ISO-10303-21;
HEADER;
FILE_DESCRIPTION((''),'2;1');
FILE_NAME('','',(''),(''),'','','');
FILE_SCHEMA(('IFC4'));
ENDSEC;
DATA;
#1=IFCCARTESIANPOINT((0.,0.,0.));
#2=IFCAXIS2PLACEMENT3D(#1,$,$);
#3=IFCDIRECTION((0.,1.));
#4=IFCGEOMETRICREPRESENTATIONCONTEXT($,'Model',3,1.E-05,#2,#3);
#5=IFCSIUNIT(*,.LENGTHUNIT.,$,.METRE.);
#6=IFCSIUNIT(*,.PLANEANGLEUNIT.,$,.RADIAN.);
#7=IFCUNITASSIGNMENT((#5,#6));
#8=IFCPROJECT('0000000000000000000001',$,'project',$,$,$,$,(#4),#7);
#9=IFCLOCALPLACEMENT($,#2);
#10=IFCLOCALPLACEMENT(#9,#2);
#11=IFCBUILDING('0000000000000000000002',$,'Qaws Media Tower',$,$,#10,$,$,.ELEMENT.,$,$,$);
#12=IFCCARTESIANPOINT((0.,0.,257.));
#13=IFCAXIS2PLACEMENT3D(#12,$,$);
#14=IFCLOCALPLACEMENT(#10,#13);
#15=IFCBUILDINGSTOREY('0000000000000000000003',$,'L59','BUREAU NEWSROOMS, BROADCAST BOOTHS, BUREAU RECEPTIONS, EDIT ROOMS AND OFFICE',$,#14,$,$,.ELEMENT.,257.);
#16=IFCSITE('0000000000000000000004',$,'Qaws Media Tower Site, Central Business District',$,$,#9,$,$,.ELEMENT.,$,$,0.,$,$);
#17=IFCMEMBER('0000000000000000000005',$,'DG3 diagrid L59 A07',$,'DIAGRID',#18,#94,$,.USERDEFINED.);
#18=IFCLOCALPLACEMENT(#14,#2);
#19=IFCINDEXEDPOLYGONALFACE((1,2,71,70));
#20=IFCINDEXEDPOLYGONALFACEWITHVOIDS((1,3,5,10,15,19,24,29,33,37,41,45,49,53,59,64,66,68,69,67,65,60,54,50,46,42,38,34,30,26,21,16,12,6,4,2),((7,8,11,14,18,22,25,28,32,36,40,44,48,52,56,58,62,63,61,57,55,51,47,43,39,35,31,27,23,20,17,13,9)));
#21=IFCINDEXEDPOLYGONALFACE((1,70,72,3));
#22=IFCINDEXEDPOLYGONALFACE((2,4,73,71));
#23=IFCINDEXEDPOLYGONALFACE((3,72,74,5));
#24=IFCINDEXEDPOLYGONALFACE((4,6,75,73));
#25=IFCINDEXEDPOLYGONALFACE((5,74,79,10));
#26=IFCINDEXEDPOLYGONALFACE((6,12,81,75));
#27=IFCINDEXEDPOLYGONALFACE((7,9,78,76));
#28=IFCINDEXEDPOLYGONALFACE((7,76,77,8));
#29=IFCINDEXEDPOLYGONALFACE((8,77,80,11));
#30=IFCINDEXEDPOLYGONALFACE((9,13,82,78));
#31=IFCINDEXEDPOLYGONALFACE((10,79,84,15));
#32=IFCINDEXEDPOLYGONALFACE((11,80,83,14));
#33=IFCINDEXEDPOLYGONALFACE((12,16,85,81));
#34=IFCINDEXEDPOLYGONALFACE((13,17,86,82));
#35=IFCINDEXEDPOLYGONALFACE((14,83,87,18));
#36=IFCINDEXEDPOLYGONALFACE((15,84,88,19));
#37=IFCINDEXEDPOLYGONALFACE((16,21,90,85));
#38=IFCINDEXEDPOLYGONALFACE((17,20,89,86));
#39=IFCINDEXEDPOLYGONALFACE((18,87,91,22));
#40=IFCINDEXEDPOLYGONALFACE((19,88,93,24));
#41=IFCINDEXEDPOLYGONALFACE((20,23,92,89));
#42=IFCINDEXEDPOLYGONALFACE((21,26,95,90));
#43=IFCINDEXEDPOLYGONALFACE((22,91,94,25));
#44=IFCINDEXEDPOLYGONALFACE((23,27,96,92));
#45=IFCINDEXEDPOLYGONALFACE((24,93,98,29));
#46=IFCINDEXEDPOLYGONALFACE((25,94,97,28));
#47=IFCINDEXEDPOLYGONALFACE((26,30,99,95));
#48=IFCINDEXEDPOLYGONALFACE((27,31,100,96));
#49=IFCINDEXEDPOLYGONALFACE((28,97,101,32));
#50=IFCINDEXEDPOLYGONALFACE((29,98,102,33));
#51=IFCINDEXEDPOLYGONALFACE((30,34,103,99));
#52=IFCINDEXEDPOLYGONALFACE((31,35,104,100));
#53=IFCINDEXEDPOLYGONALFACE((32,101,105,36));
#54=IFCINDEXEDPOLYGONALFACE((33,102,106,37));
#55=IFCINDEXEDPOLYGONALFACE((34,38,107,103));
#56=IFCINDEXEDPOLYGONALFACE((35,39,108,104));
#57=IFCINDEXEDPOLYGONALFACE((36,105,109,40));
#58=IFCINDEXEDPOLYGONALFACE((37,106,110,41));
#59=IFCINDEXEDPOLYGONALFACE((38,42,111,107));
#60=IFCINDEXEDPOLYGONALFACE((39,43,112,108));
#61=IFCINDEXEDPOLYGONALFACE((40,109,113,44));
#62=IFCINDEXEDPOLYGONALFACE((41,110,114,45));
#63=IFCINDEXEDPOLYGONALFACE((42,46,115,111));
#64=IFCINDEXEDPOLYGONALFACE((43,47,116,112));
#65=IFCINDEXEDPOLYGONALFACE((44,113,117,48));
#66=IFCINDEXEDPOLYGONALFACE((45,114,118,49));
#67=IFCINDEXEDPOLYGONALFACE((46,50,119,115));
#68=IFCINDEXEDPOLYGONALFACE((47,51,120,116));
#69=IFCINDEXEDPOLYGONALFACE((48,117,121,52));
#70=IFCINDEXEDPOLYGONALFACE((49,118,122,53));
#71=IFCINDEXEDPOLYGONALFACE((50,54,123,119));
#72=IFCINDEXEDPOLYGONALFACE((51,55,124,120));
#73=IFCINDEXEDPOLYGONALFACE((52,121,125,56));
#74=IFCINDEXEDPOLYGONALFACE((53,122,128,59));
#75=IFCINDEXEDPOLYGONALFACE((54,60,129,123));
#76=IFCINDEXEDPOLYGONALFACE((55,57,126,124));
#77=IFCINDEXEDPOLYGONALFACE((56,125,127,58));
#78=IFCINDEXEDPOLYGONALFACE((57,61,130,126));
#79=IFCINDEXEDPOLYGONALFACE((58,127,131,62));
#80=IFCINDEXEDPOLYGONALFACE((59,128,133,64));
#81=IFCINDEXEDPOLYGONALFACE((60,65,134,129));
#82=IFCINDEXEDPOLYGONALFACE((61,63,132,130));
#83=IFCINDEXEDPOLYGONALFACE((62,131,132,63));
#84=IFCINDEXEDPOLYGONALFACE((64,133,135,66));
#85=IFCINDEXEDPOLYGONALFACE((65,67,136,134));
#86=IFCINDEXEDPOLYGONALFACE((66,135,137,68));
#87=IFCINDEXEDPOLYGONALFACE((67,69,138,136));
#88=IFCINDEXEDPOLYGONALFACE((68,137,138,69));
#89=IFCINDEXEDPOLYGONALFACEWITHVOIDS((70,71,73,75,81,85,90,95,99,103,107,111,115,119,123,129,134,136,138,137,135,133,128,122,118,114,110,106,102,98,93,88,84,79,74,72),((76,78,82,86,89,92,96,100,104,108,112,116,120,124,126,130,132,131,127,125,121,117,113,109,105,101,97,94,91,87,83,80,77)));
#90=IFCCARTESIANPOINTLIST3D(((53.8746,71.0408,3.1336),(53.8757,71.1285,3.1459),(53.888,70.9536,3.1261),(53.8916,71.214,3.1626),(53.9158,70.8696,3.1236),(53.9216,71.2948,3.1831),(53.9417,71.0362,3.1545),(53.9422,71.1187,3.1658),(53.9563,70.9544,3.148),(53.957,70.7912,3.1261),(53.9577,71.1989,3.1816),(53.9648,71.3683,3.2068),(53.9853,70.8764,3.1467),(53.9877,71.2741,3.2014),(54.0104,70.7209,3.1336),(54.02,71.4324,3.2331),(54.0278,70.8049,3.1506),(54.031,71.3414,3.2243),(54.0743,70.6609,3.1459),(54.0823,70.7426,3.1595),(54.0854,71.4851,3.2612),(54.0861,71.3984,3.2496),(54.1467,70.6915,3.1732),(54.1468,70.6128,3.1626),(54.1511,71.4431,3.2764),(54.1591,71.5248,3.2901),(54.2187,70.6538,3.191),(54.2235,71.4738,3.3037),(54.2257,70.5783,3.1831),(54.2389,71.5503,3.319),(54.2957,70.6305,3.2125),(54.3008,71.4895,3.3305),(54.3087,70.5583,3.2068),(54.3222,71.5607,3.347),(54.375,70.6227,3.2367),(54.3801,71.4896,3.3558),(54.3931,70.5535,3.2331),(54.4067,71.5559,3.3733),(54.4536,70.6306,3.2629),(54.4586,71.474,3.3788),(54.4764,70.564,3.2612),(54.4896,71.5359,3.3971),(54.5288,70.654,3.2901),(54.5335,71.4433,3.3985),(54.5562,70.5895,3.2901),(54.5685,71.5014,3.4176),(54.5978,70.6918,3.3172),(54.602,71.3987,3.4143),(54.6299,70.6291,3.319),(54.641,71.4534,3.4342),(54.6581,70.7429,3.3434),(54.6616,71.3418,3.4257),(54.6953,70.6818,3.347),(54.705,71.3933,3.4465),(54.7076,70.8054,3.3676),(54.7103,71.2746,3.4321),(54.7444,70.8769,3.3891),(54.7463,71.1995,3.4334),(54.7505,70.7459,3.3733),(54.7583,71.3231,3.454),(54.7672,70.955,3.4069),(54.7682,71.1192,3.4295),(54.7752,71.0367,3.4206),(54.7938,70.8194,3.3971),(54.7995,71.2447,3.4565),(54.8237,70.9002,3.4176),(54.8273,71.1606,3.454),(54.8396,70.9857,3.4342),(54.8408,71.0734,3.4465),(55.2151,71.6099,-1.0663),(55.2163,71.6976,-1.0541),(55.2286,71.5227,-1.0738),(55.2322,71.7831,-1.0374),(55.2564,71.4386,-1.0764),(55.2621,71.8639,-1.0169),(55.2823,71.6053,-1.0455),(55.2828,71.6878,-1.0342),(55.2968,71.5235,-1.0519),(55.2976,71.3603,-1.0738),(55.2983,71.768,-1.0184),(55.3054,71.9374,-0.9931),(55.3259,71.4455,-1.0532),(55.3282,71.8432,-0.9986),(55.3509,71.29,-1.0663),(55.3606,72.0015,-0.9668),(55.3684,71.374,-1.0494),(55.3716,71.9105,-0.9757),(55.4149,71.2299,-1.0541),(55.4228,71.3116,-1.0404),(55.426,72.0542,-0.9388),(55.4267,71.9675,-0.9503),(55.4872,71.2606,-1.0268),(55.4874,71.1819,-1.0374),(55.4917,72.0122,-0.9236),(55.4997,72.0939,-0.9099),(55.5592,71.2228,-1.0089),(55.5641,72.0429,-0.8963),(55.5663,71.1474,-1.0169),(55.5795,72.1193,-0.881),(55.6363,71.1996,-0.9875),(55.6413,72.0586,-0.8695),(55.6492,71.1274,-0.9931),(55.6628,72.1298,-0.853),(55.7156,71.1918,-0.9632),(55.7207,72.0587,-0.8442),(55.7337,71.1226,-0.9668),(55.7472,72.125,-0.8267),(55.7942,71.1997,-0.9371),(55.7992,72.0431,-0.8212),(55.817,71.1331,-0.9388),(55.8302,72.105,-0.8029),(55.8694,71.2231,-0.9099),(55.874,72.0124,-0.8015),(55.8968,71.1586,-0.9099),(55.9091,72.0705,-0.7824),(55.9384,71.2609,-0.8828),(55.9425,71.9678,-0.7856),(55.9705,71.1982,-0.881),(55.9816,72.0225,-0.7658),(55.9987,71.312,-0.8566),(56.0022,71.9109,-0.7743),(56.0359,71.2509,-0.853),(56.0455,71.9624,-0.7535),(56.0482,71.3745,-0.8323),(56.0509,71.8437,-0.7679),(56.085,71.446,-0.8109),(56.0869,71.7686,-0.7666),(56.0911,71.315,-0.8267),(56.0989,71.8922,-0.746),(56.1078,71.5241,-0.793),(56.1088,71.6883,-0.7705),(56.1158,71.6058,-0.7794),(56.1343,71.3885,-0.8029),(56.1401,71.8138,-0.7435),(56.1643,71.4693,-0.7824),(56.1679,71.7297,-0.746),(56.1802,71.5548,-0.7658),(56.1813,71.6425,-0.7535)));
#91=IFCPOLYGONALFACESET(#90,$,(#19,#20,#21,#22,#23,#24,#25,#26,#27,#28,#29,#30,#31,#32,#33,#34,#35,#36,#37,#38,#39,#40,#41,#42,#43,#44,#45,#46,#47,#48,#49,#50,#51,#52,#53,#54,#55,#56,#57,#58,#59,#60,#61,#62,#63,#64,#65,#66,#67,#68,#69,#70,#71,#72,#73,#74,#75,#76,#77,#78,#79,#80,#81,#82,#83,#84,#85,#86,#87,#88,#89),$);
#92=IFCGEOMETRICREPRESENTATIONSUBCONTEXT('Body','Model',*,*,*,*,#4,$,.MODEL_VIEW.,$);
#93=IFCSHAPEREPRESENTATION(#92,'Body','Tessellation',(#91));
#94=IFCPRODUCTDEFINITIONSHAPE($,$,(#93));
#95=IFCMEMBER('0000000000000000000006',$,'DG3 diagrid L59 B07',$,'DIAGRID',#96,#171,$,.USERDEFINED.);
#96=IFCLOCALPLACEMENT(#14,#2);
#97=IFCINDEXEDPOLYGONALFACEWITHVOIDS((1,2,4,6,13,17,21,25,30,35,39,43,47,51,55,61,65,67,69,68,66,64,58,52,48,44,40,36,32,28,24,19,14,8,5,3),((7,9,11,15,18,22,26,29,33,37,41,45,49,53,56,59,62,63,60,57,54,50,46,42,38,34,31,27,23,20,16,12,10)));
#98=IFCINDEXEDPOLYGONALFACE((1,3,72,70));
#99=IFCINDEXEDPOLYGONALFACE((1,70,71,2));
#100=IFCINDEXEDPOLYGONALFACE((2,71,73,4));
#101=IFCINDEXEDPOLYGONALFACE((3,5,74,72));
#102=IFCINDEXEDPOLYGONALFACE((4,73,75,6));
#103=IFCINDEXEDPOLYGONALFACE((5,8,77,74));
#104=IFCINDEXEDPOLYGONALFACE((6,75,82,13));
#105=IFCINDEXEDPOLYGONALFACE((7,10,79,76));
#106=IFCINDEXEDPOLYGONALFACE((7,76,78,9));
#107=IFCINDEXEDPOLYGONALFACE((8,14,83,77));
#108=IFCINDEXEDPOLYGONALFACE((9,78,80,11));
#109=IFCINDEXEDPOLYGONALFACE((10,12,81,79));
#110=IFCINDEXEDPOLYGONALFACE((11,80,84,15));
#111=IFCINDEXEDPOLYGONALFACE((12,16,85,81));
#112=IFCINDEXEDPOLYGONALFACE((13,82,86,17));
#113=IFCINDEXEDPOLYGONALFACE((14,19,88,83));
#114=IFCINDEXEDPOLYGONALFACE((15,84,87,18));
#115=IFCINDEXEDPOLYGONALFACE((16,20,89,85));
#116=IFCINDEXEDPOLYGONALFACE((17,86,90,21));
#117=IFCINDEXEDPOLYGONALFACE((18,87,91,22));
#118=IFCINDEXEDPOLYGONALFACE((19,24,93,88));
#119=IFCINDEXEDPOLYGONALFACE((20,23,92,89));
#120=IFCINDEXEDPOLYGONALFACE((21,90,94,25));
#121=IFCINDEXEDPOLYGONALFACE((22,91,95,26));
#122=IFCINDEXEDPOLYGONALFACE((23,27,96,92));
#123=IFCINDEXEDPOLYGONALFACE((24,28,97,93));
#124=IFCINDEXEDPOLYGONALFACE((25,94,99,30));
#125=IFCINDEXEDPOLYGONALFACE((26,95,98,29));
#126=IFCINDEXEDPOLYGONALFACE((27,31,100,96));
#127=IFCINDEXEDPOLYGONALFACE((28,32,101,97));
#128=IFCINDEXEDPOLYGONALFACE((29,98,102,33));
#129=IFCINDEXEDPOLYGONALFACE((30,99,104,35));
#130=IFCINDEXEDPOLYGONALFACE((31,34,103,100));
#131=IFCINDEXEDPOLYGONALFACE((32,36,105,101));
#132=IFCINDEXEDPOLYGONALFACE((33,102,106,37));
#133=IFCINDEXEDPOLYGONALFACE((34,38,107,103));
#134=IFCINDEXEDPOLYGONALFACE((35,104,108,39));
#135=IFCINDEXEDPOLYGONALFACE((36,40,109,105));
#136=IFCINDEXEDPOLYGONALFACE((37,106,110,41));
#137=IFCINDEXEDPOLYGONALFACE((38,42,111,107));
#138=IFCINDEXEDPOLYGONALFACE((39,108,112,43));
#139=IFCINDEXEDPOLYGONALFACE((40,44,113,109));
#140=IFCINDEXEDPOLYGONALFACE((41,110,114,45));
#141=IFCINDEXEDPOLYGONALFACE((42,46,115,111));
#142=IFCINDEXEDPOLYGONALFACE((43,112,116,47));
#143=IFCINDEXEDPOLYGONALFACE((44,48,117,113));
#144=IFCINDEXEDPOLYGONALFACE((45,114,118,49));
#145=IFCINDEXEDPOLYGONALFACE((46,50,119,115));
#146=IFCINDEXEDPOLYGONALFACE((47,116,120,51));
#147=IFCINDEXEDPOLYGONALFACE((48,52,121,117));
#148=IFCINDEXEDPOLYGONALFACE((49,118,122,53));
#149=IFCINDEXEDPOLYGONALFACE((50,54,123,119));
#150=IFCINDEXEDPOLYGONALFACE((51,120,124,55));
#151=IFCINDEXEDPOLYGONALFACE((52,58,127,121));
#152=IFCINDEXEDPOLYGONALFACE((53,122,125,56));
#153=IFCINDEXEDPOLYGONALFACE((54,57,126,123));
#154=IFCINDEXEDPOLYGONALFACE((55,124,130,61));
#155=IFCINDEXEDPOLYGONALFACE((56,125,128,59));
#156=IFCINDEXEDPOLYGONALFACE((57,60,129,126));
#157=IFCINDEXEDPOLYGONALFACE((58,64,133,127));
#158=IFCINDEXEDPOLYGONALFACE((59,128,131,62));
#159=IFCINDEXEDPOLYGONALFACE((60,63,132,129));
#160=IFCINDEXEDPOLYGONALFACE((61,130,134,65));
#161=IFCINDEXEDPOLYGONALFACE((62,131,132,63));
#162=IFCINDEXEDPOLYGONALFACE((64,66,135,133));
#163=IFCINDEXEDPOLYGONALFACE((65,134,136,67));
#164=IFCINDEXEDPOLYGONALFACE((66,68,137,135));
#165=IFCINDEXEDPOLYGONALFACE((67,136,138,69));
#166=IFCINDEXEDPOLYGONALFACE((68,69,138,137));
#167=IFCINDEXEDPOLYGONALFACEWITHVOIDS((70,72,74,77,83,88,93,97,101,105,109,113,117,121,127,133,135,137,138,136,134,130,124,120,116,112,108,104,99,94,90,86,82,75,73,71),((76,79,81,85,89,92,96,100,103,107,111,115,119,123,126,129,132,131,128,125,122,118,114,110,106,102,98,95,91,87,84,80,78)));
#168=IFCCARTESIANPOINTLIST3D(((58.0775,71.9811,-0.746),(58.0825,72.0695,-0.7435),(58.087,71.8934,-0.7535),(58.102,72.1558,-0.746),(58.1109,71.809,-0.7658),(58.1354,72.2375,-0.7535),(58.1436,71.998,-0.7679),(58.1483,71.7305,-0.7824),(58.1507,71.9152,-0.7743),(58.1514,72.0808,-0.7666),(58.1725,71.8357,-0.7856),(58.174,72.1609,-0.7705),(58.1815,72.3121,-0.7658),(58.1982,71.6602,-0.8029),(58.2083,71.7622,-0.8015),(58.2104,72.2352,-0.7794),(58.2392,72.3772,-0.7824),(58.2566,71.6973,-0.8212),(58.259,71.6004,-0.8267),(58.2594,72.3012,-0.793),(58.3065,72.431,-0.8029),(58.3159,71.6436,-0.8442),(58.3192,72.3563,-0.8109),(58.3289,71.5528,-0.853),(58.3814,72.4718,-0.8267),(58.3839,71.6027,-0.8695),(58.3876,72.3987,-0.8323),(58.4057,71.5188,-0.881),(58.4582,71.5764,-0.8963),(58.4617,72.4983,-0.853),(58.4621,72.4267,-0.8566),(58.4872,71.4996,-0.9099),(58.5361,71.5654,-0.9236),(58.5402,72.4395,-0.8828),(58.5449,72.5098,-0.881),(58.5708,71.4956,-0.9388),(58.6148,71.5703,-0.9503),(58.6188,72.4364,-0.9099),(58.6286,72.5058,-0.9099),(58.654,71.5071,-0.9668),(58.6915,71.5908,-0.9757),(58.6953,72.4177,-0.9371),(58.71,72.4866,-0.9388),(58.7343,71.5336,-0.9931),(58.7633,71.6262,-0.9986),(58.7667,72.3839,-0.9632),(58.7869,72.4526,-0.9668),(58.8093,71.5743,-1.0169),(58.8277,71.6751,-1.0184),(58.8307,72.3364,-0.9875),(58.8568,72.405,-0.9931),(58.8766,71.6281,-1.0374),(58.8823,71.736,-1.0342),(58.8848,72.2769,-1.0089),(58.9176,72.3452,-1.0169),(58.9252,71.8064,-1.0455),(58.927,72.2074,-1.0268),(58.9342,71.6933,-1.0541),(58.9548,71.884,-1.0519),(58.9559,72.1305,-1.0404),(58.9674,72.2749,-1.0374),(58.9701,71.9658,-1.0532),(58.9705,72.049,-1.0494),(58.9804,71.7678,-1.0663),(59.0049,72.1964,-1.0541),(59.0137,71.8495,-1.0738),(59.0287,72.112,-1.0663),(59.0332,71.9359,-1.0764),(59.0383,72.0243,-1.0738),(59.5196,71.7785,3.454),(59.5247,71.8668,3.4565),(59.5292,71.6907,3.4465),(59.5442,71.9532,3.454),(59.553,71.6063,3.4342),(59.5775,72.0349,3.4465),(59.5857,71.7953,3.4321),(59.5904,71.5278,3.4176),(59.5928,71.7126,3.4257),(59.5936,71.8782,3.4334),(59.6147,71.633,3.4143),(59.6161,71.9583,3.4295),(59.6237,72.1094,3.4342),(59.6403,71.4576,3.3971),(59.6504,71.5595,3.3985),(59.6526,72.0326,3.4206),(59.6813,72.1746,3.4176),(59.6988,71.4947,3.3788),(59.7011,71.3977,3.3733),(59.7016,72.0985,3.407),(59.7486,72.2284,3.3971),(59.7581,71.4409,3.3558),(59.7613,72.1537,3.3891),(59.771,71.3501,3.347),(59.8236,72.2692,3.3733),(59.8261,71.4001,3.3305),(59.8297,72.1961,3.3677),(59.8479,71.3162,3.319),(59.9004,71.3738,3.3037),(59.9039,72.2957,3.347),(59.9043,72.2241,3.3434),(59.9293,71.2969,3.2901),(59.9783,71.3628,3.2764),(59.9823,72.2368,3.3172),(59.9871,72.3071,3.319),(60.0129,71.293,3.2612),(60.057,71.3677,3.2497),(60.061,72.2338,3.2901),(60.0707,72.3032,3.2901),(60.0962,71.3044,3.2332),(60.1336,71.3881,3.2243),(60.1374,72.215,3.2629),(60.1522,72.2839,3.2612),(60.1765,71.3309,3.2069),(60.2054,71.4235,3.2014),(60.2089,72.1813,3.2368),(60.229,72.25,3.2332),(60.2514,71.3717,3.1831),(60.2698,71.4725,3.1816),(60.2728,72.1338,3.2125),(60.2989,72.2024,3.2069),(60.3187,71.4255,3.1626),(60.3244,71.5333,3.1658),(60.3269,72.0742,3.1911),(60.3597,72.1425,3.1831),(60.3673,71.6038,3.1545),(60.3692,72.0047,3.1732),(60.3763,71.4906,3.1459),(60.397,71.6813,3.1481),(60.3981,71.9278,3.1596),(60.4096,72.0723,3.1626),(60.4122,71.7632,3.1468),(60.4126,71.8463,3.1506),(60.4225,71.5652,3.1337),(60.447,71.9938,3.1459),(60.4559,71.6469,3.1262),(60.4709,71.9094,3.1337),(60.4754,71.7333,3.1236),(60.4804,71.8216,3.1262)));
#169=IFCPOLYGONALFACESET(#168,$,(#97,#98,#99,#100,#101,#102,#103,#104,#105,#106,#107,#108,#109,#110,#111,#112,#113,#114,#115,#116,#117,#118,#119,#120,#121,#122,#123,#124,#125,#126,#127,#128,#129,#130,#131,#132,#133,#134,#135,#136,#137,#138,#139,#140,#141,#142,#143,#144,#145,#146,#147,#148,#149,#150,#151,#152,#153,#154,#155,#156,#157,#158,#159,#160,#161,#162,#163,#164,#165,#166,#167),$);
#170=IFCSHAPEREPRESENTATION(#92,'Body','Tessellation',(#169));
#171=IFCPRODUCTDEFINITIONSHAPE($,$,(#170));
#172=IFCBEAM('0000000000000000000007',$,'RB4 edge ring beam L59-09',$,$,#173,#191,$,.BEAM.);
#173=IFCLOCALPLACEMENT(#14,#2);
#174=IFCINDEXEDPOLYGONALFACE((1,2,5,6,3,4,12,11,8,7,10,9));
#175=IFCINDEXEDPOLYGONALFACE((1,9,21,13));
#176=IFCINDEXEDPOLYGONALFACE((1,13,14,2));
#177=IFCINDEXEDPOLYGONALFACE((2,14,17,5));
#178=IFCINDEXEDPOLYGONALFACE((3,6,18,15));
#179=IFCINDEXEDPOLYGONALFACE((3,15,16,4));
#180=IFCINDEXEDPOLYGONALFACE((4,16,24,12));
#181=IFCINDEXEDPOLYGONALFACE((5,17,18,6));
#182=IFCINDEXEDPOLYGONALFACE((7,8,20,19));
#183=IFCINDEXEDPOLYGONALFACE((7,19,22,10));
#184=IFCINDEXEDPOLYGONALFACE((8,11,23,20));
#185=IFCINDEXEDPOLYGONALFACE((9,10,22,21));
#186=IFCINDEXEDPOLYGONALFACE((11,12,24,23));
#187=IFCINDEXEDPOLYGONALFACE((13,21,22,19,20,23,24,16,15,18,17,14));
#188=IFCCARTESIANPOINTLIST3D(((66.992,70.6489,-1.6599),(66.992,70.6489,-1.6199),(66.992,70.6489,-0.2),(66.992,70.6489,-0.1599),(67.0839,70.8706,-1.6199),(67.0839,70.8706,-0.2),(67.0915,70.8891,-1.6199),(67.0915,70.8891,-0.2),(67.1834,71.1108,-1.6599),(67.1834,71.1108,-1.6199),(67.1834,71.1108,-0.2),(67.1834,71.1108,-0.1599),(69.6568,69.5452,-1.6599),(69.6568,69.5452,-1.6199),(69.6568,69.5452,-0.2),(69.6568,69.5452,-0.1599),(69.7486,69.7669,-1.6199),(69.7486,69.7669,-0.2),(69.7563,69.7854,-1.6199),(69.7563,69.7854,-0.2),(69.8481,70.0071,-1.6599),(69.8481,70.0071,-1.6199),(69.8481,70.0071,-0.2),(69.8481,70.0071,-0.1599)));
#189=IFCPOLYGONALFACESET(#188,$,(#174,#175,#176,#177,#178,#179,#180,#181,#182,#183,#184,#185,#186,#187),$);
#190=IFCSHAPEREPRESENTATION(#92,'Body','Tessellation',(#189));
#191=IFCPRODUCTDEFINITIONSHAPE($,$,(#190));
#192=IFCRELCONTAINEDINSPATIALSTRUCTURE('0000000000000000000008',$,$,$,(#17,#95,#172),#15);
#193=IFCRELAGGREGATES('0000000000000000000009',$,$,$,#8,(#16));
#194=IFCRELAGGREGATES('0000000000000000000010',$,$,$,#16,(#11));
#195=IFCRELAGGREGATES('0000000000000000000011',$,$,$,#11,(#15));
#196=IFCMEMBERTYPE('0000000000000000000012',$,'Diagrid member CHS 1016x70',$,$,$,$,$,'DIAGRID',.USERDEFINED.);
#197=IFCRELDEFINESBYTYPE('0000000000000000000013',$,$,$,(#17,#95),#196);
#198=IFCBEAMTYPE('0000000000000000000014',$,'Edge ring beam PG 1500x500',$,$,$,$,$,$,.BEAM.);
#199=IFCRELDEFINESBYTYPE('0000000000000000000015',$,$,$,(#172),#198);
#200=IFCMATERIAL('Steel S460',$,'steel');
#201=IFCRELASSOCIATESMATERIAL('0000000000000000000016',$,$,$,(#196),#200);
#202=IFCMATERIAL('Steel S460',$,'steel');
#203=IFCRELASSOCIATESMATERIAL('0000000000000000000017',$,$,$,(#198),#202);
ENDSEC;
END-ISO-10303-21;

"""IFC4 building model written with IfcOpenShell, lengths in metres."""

from ifc_helpers import new_model, si_unit, direction, frame, origin, origin_2d, place, context, subcontext, project, spatial, hollow_circle, i_section, extrude, material, material_profile, profile_set, type_object, element, save


model = new_model("IFC4")

# Units and contexts
model_context = context("Model", 3, precision=1e-05, world=origin(), true_north=direction((0.0, 1.0)))
body_context = subcontext(model_context, "Body", "Model", "MODEL_VIEW")
ifc_project = project(units=[si_unit("LENGTHUNIT", "METRE"), si_unit("PLANEANGLEUNIT", "RADIAN")], contexts=[model_context])

# Site, building, storey
site_placement = place(None, origin())
site = spatial("IfcSite", under=ifc_project, at=site_placement, Name="Qaws Media Tower Site, Central Business District", CompositionType="ELEMENT", RefElevation=0.0)
building_placement = place(site_placement, origin())
building = spatial("IfcBuilding", under=site, at=building_placement, Name="Qaws Media Tower", CompositionType="ELEMENT")
storey_placement = place(building_placement, frame((0.0, 0.0, 257.0)))
storey = spatial("IfcBuildingStorey", under=building, at=storey_placement, Name="L59", Description="BUREAU NEWSROOMS, BROADCAST BOOTHS, BUREAU RECEPTIONS, EDIT ROOMS AND OFFICE", CompositionType="ELEMENT", Elevation=257.0)

# Members
ifc_material_1 = material(Name="Steel S460", Category="steel")
ifc_material_profile_1 = material_profile(ifc_material_1, hollow_circle(Radius=0.5081, WallThickness=0.0701, at=origin_2d()), Name="CHS 1016x70")
ifc_profile_set_1 = profile_set([ifc_material_profile_1], Name="Steel S460")
member_type_1 = type_object("IfcMemberType", Name="Diagrid member CHS 1016x70", ElementType="DIAGRID", PredefinedType="USERDEFINED", material=ifc_profile_set_1)
for number, where, z_axis, x_axis, name in (
    (1, (55.6982, 71.6262, -0.9099), (-0.301572, -0.128021, 0.944809), (0.390761, -0.920492, 0.0), "DG3 diagrid L59 A07"),
    (2, (58.5579, 72.0027, -0.9099), (0.324421, -0.045585, 0.944814), (0.139144, 0.990272, 0.0), "DG3 diagrid L59 B07"),
):
    element("IfcMember", number, at=place(storey_placement, frame(where, z_axis=z_axis, x_axis=x_axis)), inside=storey, type_object=member_type_1, Name=name, ObjectType="DIAGRID", PredefinedType="USERDEFINED", context=body_context, shape_type="SweptSolid", body=[
        extrude(hollow_circle(Radius=0.5081, WallThickness=0.0701, at=origin_2d()), origin(), (0.0, 0.0, 1.0), 4.4453),
    ])

# Beam
ifc_material_2 = material(Name="Steel S460", Category="steel")
ifc_material_profile_2 = material_profile(ifc_material_2, i_section(OverallWidth=0.5, OverallDepth=1.5, WebThickness=0.02, FlangeThickness=0.04, at=origin_2d()), Name="PG 1500x500")
ifc_profile_set_2 = profile_set([ifc_material_profile_2], Name="Steel S460")
beam_type = type_object("IfcBeamType", Name="Edge ring beam PG 1500x500", PredefinedType="BEAM", material=ifc_profile_set_2)
beam_1_placement = place(storey_placement, frame((69.7524, 69.7761, -0.9099), z_axis=(-0.923884, 0.382673, 0.0), x_axis=(-0.382673, -0.923884, 0.0)))
element("IfcBeam", 3, at=beam_1_placement, inside=storey, type_object=beam_type, Name="RB4 edge ring beam L59-09", PredefinedType="BEAM", context=body_context, shape_type="SweptSolid", body=[
    extrude(i_section(OverallWidth=0.5, OverallDepth=1.5, WebThickness=0.02, FlangeThickness=0.04, at=origin_2d()), origin(), (0.0, 0.0, 1.0), 2.8843),
])

save(model, "model.ifc")
